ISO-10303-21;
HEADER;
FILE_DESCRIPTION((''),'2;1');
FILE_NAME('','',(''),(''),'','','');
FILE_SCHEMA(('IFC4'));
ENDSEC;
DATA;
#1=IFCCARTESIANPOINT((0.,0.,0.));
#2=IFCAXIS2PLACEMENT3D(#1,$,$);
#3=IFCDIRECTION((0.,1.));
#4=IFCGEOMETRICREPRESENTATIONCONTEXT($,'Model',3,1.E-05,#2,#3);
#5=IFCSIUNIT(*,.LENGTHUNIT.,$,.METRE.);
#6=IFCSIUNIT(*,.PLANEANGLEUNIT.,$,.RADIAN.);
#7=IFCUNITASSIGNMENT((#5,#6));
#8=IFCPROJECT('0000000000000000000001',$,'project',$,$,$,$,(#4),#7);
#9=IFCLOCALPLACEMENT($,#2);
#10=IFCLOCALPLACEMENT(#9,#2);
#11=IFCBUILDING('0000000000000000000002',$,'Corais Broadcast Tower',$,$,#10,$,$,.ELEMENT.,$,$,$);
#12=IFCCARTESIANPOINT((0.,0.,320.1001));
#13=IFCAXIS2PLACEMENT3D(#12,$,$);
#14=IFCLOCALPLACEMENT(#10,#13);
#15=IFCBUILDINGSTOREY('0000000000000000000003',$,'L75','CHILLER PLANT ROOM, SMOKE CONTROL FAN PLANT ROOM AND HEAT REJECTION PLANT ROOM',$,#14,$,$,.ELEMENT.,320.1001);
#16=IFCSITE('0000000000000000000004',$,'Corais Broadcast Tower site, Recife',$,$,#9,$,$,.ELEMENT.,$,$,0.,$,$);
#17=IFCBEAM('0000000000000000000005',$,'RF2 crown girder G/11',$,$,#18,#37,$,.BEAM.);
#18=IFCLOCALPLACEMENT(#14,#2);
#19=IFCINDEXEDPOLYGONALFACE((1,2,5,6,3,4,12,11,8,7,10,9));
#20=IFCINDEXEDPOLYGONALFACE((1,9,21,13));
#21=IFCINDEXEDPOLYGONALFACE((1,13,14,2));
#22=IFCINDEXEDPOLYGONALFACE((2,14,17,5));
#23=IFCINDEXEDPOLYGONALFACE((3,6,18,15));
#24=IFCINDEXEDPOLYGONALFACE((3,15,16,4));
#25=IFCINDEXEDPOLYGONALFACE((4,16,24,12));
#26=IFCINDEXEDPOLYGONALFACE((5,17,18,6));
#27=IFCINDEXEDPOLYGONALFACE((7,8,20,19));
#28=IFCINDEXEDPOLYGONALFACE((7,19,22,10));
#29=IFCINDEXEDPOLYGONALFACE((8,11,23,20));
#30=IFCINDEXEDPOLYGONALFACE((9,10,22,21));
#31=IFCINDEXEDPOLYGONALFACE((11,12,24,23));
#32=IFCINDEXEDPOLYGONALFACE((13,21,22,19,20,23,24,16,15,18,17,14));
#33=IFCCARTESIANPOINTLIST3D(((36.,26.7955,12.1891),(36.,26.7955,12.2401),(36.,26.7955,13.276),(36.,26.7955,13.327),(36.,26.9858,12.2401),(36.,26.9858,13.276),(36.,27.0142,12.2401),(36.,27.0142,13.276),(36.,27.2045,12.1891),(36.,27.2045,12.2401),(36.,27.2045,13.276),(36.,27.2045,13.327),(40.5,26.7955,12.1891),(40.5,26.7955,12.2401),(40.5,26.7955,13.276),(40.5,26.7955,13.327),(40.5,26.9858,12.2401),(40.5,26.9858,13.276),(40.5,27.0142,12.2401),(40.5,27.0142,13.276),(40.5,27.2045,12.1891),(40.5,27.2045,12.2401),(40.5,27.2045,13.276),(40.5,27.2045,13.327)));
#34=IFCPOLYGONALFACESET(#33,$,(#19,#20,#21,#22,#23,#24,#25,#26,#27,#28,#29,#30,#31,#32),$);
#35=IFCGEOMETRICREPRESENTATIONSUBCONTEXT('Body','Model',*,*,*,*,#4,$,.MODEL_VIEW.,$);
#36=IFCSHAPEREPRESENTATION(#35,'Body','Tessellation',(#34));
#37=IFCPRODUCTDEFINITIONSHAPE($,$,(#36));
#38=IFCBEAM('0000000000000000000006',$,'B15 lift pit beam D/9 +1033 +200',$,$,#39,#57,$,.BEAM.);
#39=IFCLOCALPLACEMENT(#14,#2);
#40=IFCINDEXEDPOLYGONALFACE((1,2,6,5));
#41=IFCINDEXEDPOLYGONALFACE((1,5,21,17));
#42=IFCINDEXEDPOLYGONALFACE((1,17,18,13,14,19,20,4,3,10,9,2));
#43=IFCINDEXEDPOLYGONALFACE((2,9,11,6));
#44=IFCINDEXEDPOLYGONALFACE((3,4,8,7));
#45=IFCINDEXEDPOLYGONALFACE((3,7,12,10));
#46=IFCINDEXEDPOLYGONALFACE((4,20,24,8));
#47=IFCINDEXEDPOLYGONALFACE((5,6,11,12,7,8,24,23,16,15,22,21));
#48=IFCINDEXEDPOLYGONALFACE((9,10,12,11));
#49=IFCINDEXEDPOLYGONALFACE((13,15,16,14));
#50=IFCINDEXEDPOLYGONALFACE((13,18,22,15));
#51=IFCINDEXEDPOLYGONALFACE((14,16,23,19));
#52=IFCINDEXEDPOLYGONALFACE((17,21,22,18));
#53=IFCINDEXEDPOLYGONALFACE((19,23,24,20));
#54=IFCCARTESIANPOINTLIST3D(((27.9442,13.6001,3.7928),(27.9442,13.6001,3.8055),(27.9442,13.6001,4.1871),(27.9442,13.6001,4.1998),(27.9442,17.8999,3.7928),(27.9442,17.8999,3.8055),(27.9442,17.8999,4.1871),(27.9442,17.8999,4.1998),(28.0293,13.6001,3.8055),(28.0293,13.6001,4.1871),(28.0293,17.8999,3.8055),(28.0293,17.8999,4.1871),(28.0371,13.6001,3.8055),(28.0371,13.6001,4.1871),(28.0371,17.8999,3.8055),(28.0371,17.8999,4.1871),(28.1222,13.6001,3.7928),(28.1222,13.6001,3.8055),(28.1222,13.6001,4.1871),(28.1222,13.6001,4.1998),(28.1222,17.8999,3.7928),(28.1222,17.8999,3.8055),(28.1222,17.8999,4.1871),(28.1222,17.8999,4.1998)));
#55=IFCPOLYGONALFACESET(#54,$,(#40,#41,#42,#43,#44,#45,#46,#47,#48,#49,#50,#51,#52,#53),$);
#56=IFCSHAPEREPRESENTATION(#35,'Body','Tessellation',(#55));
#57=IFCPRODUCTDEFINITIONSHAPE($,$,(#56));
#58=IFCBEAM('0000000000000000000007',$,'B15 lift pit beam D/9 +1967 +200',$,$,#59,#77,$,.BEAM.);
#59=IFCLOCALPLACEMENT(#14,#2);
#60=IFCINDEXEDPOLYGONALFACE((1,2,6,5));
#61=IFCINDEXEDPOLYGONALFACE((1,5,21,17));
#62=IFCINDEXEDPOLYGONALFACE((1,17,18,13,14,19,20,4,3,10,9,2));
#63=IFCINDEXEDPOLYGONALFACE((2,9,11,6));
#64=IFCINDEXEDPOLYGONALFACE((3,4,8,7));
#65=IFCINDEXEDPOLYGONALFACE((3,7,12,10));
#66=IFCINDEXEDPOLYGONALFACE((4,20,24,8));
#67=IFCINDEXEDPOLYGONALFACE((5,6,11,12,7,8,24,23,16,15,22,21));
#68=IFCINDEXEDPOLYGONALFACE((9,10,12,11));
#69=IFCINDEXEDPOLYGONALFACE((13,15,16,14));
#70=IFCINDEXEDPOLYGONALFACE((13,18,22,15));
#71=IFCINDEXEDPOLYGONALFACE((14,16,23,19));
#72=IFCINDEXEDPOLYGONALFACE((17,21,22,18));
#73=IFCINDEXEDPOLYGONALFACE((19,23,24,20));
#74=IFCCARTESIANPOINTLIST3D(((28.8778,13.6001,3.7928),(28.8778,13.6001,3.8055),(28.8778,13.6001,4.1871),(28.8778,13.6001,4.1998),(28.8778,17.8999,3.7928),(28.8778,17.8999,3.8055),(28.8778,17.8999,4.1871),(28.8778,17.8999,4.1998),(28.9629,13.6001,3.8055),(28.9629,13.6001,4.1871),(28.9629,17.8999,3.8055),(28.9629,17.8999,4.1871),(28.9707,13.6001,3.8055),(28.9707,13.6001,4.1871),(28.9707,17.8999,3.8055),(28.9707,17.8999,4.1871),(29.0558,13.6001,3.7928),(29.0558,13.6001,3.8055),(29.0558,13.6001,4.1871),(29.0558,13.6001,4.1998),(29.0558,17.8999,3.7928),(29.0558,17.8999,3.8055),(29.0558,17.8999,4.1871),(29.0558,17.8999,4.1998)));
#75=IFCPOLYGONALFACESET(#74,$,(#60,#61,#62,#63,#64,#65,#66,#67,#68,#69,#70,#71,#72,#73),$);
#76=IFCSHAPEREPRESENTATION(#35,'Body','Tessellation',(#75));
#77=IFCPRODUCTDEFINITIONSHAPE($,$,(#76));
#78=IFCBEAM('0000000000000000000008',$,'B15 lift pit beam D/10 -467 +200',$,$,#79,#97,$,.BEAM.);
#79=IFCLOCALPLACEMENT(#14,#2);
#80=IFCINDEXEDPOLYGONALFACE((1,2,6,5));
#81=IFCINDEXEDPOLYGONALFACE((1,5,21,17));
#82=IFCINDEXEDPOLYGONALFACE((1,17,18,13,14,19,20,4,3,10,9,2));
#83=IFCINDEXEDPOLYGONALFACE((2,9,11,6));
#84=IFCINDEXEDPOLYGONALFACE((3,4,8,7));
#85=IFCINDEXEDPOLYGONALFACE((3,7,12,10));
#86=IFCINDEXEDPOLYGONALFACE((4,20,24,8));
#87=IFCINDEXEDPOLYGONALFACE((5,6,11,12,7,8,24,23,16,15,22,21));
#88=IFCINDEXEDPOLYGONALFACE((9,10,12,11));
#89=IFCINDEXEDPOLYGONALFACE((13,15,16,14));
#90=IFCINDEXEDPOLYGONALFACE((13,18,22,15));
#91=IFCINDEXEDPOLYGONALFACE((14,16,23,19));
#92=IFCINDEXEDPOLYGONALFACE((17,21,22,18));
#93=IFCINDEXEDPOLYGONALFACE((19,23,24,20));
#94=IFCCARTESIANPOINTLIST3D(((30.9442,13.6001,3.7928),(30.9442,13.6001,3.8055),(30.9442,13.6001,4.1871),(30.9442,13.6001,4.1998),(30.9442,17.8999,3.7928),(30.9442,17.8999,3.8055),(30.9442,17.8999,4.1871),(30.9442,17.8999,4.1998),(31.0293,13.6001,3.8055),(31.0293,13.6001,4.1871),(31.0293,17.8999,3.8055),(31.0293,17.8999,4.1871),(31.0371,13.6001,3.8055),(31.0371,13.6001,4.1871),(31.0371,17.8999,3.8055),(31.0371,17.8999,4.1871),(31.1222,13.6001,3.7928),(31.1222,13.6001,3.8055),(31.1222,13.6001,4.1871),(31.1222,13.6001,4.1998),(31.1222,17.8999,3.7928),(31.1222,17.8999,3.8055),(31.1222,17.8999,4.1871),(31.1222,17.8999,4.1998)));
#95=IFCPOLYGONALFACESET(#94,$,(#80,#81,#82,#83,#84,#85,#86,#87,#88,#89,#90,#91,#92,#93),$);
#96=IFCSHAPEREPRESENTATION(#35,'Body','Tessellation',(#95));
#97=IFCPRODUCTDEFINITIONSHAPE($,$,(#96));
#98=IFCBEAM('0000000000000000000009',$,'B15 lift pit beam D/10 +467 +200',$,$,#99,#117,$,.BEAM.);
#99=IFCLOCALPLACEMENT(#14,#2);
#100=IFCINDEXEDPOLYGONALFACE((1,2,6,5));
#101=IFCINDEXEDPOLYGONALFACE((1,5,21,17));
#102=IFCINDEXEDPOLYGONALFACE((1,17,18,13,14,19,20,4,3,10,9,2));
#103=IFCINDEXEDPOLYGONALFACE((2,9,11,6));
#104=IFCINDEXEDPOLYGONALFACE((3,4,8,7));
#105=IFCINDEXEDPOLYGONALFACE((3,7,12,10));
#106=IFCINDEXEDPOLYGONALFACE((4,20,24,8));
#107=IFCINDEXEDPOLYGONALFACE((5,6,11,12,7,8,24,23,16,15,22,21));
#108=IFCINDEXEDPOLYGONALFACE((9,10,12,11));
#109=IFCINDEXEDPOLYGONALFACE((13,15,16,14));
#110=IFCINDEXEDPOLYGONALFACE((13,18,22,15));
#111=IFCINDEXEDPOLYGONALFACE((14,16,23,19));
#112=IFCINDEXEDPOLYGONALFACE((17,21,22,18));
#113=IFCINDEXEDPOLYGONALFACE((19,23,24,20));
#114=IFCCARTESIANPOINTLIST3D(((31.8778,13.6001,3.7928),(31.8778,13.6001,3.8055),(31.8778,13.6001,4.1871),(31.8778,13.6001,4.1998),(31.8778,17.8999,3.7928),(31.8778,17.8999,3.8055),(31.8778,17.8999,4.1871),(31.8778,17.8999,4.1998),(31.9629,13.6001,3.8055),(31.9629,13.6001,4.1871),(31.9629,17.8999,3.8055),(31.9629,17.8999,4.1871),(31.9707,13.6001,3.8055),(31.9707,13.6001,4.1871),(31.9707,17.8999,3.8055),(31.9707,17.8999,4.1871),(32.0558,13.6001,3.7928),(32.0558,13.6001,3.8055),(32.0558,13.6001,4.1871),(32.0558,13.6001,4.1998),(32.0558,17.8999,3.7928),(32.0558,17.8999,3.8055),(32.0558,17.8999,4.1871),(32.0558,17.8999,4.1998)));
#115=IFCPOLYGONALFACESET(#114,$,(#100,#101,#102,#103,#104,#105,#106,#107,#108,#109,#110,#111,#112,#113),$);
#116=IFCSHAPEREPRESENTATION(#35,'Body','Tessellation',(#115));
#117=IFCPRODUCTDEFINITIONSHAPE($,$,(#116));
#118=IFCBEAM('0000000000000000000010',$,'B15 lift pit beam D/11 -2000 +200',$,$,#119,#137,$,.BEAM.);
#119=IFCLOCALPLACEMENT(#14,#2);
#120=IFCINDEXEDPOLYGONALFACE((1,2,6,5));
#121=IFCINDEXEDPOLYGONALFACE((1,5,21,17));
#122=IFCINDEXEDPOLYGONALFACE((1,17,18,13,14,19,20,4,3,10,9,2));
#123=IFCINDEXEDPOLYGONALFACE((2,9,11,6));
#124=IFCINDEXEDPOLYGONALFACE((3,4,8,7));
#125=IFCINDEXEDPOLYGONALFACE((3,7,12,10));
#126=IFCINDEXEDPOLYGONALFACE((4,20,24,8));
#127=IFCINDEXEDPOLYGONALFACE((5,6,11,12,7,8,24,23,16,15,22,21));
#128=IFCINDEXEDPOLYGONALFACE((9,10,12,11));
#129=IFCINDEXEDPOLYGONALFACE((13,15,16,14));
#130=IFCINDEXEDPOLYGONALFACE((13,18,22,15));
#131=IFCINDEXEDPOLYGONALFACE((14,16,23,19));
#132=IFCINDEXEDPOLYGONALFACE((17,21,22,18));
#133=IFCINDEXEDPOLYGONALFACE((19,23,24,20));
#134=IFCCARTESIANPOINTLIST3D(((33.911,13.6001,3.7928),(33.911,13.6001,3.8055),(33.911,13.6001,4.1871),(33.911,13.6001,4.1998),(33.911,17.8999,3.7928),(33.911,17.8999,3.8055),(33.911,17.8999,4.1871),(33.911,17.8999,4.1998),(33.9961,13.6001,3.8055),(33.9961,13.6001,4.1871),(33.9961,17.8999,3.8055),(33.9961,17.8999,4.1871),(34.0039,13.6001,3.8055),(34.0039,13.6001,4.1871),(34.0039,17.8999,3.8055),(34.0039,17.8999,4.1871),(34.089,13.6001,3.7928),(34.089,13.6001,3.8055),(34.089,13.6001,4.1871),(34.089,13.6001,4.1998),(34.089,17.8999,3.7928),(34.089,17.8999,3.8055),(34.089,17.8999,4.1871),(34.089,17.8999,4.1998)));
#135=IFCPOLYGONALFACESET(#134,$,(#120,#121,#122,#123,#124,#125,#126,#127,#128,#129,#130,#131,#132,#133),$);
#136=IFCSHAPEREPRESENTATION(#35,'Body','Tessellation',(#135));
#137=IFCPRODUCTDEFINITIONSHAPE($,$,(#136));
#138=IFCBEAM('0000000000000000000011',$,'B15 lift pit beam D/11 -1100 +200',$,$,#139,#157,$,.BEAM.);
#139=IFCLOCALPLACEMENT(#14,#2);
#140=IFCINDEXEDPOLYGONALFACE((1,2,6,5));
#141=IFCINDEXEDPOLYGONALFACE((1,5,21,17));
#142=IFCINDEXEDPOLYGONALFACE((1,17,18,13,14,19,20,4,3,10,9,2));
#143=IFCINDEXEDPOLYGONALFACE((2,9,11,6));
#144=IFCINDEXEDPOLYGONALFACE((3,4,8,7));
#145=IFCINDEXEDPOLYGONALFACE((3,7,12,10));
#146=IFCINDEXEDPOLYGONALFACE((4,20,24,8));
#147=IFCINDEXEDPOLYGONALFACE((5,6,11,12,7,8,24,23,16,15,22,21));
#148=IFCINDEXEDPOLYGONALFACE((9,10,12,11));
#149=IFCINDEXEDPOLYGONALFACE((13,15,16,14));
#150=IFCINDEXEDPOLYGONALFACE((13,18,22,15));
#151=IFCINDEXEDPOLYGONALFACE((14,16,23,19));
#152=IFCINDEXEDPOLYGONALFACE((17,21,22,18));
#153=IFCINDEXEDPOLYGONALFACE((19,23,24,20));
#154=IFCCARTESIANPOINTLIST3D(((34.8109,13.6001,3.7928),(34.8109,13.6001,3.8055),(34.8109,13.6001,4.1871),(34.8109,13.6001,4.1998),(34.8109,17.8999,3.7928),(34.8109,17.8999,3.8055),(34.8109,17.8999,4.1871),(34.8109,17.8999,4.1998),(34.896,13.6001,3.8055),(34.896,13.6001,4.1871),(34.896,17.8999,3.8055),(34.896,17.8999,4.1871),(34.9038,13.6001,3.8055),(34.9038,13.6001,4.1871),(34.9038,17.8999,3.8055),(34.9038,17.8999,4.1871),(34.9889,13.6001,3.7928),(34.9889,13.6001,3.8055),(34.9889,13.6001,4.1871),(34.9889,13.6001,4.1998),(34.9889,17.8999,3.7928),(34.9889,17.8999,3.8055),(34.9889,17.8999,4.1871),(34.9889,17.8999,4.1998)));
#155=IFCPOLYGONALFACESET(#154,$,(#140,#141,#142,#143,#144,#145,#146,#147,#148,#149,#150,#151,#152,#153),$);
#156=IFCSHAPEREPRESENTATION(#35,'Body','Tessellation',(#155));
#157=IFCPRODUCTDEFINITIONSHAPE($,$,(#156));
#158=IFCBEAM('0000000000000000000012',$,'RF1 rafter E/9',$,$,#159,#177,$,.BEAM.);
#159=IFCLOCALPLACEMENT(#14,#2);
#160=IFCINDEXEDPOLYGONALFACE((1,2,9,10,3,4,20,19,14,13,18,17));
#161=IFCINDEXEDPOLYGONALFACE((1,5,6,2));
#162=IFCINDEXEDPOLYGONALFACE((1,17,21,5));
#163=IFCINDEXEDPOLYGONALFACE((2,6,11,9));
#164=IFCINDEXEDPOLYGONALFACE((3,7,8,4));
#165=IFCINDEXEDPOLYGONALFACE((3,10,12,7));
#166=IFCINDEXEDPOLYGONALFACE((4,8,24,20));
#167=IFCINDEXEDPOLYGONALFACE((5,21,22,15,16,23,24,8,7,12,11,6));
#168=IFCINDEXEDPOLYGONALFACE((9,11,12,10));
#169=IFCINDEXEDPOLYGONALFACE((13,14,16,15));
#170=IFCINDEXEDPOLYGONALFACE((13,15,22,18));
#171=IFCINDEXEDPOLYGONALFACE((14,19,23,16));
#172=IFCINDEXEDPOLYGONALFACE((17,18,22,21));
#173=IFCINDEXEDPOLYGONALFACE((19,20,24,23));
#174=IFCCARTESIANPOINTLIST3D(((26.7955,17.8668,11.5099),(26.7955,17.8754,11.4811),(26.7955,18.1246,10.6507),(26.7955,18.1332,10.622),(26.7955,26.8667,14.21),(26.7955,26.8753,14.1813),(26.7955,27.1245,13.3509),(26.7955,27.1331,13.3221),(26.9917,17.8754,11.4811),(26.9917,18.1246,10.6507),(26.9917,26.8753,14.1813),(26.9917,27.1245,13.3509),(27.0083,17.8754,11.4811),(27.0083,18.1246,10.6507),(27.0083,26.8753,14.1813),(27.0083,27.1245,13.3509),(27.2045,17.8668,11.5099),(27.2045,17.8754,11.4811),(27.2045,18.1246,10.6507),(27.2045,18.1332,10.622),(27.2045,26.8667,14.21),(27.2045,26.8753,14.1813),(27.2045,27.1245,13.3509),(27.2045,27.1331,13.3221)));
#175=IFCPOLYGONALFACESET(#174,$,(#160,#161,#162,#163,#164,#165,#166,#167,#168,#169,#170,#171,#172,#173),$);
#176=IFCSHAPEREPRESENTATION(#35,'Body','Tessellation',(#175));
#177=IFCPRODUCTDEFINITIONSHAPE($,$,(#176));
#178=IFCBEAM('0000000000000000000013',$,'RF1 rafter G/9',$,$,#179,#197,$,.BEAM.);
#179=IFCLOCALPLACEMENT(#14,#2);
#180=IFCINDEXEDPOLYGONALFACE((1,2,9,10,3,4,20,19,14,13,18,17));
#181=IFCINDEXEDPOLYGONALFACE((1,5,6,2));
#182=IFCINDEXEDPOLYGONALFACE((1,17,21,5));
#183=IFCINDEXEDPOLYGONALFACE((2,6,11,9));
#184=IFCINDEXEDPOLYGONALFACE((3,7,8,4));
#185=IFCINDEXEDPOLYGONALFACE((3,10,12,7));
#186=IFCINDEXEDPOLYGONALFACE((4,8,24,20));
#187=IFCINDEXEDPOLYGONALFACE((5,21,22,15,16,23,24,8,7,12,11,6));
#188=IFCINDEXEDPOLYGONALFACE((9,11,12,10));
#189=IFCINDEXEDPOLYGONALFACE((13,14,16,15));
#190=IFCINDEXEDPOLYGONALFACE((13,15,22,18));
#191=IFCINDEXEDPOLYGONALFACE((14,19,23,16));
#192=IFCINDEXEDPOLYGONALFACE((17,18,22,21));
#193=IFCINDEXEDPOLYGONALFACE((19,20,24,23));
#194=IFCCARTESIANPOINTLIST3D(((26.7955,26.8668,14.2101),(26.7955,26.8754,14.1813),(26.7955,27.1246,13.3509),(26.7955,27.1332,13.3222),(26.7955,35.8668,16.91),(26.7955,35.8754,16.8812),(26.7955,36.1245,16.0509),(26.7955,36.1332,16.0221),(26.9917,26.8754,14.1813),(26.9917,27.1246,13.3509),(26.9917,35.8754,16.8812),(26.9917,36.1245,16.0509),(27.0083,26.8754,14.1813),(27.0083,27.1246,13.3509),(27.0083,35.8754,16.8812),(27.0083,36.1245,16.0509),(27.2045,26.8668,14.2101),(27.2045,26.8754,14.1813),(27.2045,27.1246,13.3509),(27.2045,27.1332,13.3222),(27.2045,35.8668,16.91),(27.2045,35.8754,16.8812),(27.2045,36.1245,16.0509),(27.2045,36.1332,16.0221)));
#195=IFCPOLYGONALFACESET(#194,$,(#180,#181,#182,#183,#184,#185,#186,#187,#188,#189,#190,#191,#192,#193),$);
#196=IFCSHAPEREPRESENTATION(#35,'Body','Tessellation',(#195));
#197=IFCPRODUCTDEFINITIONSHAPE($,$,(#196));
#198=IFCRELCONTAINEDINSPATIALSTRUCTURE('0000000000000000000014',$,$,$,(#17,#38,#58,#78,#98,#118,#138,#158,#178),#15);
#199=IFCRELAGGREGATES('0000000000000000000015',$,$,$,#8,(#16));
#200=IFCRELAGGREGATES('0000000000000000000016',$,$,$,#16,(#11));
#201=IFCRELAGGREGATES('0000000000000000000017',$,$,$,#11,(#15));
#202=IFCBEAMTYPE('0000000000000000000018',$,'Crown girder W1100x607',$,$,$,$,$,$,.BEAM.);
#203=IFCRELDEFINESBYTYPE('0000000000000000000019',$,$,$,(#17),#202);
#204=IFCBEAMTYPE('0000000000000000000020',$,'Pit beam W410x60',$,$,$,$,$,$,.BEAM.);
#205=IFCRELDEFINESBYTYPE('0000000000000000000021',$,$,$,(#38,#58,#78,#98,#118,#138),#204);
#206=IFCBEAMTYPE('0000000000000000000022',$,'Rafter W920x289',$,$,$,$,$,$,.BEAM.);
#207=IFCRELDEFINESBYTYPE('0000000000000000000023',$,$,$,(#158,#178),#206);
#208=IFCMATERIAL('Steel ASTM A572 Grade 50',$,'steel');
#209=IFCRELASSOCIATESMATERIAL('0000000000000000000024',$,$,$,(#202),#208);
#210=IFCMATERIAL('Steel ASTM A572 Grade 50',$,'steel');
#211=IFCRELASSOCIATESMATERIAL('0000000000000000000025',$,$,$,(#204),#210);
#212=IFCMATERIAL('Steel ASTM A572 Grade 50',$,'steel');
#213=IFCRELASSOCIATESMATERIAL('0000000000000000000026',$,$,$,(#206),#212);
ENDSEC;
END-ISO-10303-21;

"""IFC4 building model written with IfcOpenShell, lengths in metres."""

from ifc_helpers import new_model, si_unit, direction, frame, origin, origin_2d, place, context, subcontext, project, spatial, i_section, extrude, material, material_profile, profile_set, type_object, element, save


model = new_model("IFC4")

# Units and contexts
model_context = context("Model", 3, precision=1e-05, world=origin(), true_north=direction((0.0, 1.0)))
body_context = subcontext(model_context, "Body", "Model", "MODEL_VIEW")
ifc_project = project(units=[si_unit("LENGTHUNIT", "METRE"), si_unit("PLANEANGLEUNIT", "RADIAN")], contexts=[model_context])

# Site, building, storey
site_placement = place(None, origin())
site = spatial("IfcSite", under=ifc_project, at=site_placement, Name="Corais Broadcast Tower site, Recife", CompositionType="ELEMENT", RefElevation=0.0)
building_placement = place(site_placement, origin())
building = spatial("IfcBuilding", under=site, at=building_placement, Name="Corais Broadcast Tower", CompositionType="ELEMENT")
storey_placement = place(building_placement, frame((0.0, 0.0, 320.1001)))
storey = spatial("IfcBuildingStorey", under=building, at=storey_placement, Name="L75", Description="CHILLER PLANT ROOM, SMOKE CONTROL FAN PLANT ROOM AND HEAT REJECTION PLANT ROOM", CompositionType="ELEMENT", Elevation=320.1001)

# Beams
ifc_material_1 = material(Name="Steel ASTM A572 Grade 50", Category="steel")
ifc_material_profile_1 = material_profile(ifc_material_1, i_section(OverallWidth=0.4089, OverallDepth=1.1379, WebThickness=0.0283, FlangeThickness=0.051, at=origin_2d()), Name="W1100x607")
ifc_profile_set_1 = profile_set([ifc_material_profile_1], Name="Steel ASTM A572 Grade 50")
beam_type_1 = type_object("IfcBeamType", Name="Crown girder W1100x607", PredefinedType="BEAM", material=ifc_profile_set_1)
beam_1_placement = place(storey_placement, frame((36.0, 27.0, 12.7581), z_axis=(1.0, 0.0, 0.0), x_axis=(0.0, 1.0, 0.0)))
element("IfcBeam", 1, at=beam_1_placement, inside=storey, type_object=beam_type_1, Name="RF2 crown girder G/11", PredefinedType="BEAM", context=body_context, shape_type="SweptSolid", body=[
    extrude(i_section(OverallWidth=0.4089, OverallDepth=1.1379, WebThickness=0.0283, FlangeThickness=0.051, at=origin_2d()), origin(), (0.0, 0.0, 1.0), 4.5),
])
ifc_material_2 = material(Name="Steel ASTM A572 Grade 50", Category="steel")
ifc_material_profile_2 = material_profile(ifc_material_2, i_section(OverallWidth=0.178, OverallDepth=0.407, WebThickness=0.0078, FlangeThickness=0.0127, at=origin_2d()), Name="W410x60")
ifc_profile_set_2 = profile_set([ifc_material_profile_2], Name="Steel ASTM A572 Grade 50")
beam_type_2 = type_object("IfcBeamType", Name="Pit beam W410x60", PredefinedType="BEAM", material=ifc_profile_set_2)
for number, where, z_axis, x_axis, name in (
    (2, (28.0332, 13.6001, 3.9963), (0.0, 1.0, 0.0), (-1.0, 0.0, 0.0), "B15 lift pit beam D/9 +1033 +200"),
    (3, (28.9668, 13.6001, 3.9963), (0.0, 1.0, 0.0), (-1.0, 0.0, 0.0), "B15 lift pit beam D/9 +1967 +200"),
    (4, (31.0332, 13.6001, 3.9963), (0.0, 1.0, 0.0), (-1.0, 0.0, 0.0), "B15 lift pit beam D/10 -467 +200"),
    (5, (31.9668, 13.6001, 3.9963), (0.0, 1.0, 0.0), (-1.0, 0.0, 0.0), "B15 lift pit beam D/10 +467 +200"),
    (6, (34.0, 13.6001, 3.9963), (0.0, 1.0, 0.0), (-1.0, 0.0, 0.0), "B15 lift pit beam D/11 -2000 +200"),
    (7, (34.8999, 13.6001, 3.9963), (0.0, 1.0, 0.0), (-1.0, 0.0, 0.0), "B15 lift pit beam D/11 -1100 +200"),
):
    element("IfcBeam", number, at=place(storey_placement, frame(where, z_axis=z_axis, x_axis=x_axis)), inside=storey, type_object=beam_type_2, Name=name, PredefinedType="BEAM", context=body_context, shape_type="SweptSolid", body=[
        extrude(i_section(OverallWidth=0.178, OverallDepth=0.407, WebThickness=0.0078, FlangeThickness=0.0127, at=origin_2d()), origin(), (0.0, 0.0, 1.0), 4.2998),
    ])
ifc_material_3 = material(Name="Steel ASTM A572 Grade 50", Category="steel")
ifc_material_profile_3 = material_profile(ifc_material_3, i_section(OverallWidth=0.4089, OverallDepth=0.927, WebThickness=0.0166, FlangeThickness=0.03, at=origin_2d()), Name="W920x289")
ifc_profile_set_3 = profile_set([ifc_material_profile_3], Name="Steel ASTM A572 Grade 50")
beam_type_3 = type_object("IfcBeamType", Name="Rafter W920x289", PredefinedType="BEAM", material=ifc_profile_set_3)
for number, where, z_axis, x_axis, name in (
    (8, (27.0, 18.0, 11.0659), (0.0, 0.957821, 0.287367), (-1.0, 0.0, 0.0), "RF1 rafter E/9"),
    (9, (27.0, 27.0, 13.7661), (0.0, 0.957828, 0.287343), (-1.0, 0.0, 0.0), "RF1 rafter G/9"),
):
    element("IfcBeam", number, at=place(storey_placement, frame(where, z_axis=z_axis, x_axis=x_axis)), inside=storey, type_object=beam_type_3, Name=name, PredefinedType="BEAM", context=body_context, shape_type="SweptSolid", body=[
        extrude(i_section(OverallWidth=0.4089, OverallDepth=0.927, WebThickness=0.0166, FlangeThickness=0.03, at=origin_2d()), origin(), (0.0, 0.0, 1.0), 9.3962),
    ])

save(model, "model.ifc")
